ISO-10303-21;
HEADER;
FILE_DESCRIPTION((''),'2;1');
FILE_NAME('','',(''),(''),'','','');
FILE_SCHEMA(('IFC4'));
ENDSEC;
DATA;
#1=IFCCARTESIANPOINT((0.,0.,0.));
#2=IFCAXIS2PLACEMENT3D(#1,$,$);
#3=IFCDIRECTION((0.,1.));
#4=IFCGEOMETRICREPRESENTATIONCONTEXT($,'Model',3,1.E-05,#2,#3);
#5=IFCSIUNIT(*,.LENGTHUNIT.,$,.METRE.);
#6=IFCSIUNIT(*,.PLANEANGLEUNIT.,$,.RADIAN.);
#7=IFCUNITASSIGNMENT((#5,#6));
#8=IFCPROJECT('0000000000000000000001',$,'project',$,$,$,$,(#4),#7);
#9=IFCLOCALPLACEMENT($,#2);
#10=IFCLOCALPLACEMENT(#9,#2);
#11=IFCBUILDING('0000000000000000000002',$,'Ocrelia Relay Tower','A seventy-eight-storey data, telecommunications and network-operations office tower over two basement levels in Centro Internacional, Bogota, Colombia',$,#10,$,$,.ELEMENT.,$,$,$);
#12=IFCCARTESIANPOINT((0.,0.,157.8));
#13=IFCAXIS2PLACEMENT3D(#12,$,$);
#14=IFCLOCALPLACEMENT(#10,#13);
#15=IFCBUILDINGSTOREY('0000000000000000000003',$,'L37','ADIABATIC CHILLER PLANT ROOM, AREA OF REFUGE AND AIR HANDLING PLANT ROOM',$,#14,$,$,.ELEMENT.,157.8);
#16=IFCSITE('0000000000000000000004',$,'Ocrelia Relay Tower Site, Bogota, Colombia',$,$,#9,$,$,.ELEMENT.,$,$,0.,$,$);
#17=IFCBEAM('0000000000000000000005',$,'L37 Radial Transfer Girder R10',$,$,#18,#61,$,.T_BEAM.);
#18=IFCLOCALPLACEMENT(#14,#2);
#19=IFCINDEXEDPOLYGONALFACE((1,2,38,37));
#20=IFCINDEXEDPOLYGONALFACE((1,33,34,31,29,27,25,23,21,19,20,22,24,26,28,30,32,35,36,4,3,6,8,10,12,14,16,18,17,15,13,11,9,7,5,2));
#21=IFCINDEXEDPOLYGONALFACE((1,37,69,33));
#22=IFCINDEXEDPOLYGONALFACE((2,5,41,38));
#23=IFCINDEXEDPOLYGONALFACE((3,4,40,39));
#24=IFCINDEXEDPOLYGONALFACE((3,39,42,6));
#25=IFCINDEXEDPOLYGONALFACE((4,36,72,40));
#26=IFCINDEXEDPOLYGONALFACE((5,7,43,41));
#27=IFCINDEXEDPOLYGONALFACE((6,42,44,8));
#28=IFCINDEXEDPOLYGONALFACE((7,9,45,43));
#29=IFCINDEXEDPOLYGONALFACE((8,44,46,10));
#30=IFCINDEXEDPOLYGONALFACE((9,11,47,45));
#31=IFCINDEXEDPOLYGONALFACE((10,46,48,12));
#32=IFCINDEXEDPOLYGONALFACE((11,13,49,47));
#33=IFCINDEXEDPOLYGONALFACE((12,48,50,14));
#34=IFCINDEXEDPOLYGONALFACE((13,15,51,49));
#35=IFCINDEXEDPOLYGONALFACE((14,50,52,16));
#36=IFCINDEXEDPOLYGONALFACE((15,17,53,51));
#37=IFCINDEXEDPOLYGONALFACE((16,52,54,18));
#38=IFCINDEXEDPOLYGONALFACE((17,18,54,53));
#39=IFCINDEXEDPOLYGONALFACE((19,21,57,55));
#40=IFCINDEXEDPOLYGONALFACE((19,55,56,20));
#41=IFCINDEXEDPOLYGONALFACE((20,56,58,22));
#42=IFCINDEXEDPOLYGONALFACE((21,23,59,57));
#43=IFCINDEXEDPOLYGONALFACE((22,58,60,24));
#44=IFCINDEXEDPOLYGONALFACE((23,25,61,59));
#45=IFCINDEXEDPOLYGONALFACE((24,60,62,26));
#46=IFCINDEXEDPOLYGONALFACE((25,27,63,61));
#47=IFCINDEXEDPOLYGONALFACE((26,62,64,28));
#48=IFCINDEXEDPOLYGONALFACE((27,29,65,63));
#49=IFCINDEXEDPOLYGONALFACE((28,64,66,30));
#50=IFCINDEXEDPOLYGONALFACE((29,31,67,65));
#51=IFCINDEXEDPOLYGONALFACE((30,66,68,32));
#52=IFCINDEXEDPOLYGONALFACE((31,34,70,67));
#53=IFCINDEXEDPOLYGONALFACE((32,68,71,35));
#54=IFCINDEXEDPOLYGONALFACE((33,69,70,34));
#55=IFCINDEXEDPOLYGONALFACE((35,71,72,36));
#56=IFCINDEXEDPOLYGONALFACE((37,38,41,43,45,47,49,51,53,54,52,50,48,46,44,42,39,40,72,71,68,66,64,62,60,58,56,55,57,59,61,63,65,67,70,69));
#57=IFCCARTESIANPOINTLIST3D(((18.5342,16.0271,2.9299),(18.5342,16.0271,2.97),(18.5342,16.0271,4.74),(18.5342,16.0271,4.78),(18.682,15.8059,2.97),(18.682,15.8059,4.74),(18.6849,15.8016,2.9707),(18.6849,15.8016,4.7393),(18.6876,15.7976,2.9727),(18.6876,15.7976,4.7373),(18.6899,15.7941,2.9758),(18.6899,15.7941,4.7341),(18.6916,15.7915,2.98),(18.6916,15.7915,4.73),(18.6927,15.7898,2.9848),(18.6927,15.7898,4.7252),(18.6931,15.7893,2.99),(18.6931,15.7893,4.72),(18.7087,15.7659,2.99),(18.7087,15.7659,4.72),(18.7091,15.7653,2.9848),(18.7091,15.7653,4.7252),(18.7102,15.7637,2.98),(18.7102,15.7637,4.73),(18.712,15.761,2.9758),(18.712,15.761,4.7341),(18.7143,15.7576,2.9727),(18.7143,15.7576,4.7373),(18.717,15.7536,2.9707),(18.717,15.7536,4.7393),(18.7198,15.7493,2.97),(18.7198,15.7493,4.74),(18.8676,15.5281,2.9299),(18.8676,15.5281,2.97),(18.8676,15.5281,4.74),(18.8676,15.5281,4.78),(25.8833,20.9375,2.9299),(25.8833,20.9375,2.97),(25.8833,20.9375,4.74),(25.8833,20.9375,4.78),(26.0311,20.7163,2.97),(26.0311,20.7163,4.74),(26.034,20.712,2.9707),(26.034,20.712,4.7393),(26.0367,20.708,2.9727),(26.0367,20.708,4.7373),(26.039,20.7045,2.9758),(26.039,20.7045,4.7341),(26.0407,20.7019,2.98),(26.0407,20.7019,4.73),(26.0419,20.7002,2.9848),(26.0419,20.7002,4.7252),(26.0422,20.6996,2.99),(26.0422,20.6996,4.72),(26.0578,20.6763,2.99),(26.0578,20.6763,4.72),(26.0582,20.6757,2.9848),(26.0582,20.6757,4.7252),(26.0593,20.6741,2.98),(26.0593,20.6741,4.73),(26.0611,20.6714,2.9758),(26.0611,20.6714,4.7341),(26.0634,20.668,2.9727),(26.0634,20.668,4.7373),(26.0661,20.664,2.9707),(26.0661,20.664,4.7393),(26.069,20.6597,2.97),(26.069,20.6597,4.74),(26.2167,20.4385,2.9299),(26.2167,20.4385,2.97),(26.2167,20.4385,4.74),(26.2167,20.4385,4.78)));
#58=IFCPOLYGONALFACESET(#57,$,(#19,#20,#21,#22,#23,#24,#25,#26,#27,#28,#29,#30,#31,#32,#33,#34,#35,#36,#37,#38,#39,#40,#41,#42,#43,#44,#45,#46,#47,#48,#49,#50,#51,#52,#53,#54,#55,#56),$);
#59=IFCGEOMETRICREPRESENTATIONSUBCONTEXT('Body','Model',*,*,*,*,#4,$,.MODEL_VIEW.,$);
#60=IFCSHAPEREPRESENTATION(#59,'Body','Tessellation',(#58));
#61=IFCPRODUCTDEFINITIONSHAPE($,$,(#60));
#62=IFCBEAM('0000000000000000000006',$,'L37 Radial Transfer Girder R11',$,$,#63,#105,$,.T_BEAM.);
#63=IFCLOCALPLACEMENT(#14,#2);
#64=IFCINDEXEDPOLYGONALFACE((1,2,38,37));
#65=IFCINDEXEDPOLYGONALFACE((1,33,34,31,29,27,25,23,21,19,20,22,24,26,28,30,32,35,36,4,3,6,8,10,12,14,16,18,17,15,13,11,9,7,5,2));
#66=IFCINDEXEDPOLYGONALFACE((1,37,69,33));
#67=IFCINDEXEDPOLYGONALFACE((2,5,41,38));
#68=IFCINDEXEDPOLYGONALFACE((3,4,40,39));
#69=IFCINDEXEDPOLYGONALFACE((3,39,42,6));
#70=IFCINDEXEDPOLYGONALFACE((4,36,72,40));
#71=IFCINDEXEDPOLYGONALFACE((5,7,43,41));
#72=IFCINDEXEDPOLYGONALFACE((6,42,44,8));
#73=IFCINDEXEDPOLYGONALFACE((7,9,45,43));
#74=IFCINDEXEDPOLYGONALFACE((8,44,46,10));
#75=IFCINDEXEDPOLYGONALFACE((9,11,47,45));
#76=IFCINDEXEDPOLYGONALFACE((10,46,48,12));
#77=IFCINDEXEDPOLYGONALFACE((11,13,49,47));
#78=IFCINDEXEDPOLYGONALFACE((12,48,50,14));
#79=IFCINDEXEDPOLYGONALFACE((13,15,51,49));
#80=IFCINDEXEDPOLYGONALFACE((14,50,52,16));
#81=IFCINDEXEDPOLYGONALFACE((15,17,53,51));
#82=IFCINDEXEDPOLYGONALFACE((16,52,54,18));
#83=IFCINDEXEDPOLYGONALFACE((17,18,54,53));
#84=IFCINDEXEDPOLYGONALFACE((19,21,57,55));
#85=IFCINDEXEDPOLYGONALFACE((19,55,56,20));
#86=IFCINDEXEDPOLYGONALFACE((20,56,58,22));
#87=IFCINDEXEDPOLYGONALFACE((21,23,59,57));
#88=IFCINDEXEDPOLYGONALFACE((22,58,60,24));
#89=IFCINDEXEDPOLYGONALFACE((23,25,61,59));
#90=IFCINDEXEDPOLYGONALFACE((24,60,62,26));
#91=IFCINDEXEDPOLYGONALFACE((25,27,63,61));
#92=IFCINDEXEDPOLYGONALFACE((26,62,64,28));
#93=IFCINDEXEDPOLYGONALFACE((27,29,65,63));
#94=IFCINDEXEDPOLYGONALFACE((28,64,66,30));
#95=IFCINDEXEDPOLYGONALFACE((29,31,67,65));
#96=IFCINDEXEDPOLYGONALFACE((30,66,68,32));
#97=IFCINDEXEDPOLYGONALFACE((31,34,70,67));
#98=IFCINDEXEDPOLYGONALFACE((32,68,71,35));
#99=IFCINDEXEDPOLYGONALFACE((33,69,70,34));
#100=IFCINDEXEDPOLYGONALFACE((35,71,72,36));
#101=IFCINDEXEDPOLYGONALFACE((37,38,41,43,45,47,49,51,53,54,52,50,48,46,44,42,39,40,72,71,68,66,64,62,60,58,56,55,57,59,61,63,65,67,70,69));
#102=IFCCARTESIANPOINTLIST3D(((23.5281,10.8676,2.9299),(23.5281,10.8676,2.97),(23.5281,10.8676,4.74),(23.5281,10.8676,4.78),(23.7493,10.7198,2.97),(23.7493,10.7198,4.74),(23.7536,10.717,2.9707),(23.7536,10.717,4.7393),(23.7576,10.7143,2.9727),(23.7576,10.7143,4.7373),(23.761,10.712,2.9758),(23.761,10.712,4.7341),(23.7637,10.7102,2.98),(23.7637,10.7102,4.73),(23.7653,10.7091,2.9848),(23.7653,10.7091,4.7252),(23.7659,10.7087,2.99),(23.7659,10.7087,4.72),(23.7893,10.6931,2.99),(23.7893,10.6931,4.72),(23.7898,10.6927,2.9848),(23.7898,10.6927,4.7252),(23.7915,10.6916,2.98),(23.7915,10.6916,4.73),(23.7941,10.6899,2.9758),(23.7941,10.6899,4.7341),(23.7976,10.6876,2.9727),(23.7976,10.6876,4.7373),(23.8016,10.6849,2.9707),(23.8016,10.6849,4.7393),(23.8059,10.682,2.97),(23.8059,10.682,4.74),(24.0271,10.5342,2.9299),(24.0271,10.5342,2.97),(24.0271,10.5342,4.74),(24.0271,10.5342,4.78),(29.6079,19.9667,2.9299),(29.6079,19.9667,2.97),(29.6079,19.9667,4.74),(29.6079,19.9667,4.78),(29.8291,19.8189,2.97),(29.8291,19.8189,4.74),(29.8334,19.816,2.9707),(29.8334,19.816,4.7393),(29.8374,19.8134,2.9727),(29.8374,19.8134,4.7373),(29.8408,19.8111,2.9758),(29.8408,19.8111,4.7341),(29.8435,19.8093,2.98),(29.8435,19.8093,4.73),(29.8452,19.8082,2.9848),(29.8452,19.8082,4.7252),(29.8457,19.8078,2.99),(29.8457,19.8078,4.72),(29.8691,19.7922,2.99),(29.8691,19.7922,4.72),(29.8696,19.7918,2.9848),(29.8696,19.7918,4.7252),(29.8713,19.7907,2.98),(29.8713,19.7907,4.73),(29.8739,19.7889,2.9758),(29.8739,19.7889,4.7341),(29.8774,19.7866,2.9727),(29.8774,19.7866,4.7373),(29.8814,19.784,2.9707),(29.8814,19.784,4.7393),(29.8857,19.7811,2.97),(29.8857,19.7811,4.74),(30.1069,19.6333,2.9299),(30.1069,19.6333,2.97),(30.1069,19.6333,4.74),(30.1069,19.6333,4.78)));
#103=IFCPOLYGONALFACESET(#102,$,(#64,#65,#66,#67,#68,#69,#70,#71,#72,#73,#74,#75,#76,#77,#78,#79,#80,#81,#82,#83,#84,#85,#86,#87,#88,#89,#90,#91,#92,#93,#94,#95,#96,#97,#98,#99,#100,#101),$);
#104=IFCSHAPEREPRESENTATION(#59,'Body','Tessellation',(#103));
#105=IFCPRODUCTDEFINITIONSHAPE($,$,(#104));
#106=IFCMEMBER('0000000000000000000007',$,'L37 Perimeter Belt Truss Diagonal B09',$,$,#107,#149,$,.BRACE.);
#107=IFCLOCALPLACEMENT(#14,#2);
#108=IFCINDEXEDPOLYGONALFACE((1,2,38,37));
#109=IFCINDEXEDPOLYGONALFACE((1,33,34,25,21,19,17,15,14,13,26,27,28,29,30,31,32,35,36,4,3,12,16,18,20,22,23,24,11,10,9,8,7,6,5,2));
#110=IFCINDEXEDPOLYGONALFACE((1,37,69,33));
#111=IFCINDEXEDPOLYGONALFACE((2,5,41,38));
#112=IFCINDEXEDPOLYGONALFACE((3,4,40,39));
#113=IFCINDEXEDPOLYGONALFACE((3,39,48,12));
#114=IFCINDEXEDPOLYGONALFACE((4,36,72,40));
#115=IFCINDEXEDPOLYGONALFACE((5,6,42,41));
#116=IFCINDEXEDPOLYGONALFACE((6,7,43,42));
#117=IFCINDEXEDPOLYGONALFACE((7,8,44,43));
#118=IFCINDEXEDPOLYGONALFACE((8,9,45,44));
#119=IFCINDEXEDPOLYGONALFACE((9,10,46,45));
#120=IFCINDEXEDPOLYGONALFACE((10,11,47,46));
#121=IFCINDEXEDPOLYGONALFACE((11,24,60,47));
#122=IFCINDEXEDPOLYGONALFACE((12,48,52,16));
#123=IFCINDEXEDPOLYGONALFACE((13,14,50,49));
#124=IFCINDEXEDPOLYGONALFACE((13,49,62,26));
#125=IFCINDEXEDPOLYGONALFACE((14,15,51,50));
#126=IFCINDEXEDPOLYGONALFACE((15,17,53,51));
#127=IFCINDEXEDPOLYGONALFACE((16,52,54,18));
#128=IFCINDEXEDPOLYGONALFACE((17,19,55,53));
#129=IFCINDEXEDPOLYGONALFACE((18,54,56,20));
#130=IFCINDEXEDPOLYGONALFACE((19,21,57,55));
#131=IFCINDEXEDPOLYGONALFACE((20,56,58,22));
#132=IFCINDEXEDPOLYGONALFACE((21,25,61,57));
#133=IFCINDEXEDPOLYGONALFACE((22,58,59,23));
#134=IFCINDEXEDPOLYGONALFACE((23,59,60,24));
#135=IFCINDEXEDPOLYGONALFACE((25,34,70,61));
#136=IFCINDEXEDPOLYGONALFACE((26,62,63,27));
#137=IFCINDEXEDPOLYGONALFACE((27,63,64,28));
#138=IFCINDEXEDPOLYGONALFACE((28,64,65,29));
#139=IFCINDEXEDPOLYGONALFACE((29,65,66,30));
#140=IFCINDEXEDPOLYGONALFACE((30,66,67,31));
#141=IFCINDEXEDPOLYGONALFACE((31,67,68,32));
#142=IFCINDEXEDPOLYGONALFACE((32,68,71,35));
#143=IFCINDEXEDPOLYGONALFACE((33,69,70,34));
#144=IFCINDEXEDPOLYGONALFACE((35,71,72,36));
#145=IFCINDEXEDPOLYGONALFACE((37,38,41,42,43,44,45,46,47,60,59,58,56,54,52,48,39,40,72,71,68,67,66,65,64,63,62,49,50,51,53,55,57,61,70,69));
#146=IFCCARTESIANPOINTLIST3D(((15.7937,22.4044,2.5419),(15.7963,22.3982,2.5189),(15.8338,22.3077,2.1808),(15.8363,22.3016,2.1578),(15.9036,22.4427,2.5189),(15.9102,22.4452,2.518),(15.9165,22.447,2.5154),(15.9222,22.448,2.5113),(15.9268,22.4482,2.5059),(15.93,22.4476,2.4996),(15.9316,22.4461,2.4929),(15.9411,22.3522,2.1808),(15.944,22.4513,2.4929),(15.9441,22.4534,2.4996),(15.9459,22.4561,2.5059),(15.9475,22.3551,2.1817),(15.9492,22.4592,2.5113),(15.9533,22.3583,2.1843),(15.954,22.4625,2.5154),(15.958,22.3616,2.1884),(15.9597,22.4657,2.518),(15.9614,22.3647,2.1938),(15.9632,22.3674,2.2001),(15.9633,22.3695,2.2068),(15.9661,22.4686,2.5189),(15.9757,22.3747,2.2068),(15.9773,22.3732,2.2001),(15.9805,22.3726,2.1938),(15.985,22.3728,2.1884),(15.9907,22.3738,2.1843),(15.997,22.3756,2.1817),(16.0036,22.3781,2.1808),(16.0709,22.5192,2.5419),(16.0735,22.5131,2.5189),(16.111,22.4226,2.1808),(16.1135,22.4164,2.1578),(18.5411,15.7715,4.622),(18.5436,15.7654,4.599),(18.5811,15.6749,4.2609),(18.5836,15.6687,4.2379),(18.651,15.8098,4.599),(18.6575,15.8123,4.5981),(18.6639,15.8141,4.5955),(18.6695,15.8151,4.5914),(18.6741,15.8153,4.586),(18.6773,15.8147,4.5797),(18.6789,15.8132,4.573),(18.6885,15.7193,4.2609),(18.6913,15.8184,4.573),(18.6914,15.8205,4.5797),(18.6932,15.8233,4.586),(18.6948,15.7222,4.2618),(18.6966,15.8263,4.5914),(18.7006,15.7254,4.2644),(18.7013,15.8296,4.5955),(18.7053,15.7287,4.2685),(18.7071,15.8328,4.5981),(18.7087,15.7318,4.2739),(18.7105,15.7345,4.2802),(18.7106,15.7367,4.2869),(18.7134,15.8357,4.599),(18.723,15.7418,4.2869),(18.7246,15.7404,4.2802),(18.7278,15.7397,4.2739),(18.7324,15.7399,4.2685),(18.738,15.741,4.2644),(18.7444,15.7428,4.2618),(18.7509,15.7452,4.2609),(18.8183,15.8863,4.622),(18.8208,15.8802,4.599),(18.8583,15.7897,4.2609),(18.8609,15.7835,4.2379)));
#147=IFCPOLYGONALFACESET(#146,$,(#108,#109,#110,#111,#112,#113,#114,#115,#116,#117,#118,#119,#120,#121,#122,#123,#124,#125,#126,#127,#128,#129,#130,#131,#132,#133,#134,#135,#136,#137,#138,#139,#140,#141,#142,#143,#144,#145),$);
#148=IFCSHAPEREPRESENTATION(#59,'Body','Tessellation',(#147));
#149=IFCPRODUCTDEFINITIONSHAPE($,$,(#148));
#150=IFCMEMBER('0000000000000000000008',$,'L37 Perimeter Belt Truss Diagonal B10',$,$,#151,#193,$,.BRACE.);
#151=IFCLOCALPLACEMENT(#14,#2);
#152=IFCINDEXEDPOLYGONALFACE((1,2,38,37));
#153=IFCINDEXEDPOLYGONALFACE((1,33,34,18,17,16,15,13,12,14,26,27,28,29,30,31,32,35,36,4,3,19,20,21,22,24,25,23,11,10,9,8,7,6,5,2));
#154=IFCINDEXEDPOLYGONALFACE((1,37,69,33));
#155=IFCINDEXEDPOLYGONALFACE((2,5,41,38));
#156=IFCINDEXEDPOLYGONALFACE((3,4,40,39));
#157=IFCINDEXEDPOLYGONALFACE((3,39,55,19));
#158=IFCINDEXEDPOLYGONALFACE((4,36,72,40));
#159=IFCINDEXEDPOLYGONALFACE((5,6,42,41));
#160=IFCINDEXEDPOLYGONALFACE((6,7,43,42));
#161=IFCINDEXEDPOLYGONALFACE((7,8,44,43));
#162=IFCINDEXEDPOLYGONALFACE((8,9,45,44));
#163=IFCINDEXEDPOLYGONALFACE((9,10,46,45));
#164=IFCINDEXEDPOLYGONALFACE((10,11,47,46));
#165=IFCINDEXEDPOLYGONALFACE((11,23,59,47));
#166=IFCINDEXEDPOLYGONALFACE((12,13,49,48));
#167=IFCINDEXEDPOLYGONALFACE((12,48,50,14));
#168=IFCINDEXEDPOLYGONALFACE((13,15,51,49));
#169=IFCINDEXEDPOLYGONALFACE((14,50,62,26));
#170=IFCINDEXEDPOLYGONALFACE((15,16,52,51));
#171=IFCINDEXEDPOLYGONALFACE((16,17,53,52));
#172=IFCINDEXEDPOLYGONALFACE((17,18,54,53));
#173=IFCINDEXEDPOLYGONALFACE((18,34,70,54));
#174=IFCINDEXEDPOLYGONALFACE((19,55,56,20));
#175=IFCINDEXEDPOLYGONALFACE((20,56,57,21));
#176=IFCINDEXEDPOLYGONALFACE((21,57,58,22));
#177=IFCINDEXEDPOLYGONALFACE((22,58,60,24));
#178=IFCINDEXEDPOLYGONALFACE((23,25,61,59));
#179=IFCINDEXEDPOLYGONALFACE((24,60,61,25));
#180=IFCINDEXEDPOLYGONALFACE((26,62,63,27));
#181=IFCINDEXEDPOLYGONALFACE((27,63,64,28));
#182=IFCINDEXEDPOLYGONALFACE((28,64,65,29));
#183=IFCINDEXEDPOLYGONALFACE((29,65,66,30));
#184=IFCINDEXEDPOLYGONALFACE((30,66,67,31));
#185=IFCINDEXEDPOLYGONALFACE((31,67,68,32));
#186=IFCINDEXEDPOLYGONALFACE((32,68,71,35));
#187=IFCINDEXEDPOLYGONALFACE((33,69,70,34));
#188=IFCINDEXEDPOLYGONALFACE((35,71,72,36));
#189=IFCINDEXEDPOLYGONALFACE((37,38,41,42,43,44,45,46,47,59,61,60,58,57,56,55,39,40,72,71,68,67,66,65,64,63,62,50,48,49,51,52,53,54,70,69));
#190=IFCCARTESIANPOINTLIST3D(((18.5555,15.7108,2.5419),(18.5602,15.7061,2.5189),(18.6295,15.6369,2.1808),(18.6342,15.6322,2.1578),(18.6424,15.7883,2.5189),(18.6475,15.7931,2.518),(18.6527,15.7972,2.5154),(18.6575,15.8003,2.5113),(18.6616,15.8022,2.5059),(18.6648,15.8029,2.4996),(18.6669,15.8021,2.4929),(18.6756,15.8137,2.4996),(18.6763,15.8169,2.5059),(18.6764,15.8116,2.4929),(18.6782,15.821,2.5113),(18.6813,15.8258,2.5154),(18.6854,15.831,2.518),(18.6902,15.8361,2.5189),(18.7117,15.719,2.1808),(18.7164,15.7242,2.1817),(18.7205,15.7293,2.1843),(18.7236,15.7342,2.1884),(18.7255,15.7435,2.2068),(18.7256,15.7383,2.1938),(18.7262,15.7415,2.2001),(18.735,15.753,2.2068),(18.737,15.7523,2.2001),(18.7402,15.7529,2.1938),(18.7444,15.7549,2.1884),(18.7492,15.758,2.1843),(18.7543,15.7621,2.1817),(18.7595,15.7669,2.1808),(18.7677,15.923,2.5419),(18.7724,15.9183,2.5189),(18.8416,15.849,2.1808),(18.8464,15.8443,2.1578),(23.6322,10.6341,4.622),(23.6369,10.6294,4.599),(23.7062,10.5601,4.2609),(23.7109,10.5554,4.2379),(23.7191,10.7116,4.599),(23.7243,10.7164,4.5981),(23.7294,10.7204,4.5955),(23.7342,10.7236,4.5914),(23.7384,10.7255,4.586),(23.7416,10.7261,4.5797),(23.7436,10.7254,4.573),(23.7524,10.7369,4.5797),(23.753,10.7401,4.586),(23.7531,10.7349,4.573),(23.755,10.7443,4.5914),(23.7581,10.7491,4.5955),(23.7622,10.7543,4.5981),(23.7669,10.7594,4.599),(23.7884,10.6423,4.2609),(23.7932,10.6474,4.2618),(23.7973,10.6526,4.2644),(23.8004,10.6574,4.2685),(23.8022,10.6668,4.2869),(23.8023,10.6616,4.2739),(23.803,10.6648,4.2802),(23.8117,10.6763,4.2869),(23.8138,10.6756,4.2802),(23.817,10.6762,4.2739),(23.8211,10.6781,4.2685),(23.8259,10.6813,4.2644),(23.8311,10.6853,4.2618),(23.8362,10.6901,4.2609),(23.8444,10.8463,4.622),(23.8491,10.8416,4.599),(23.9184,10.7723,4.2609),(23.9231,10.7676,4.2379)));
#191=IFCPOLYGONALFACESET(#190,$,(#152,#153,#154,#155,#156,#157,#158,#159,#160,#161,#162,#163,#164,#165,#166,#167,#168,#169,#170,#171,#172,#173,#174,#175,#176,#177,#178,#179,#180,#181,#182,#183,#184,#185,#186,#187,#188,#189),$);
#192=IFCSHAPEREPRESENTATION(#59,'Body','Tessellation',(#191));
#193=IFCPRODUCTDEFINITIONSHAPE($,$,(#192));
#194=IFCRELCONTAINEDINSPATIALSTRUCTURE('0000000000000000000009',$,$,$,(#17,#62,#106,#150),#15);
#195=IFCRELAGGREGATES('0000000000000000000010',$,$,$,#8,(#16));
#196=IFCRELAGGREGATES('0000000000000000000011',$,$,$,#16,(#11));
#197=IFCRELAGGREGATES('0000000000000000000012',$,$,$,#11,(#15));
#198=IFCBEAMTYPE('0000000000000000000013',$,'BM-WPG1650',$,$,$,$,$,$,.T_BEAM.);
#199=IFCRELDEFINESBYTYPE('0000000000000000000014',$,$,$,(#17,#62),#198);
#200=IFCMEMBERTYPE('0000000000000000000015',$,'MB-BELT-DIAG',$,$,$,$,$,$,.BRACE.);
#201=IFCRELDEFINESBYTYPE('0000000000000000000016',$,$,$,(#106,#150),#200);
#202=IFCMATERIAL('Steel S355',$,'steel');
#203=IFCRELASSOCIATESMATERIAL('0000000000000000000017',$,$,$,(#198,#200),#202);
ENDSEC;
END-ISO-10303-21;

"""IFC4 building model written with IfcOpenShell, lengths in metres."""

from ifc_helpers import new_model, si_unit, direction, frame, origin, origin_2d, place, context, subcontext, project, spatial, i_section, extrude, material, material_profile, profile_set, type_object, element, save


model = new_model("IFC4")

# Units and contexts
model_context = context("Model", 3, precision=1e-05, world=origin(), true_north=direction((0.0, 1.0)))
body_context = subcontext(model_context, "Body", "Model", "MODEL_VIEW")
ifc_project = project(units=[si_unit("LENGTHUNIT", "METRE"), si_unit("PLANEANGLEUNIT", "RADIAN")], contexts=[model_context])

# Site, building, storey
site_placement = place(None, origin())
site = spatial("IfcSite", under=ifc_project, at=site_placement, Name="Ocrelia Relay Tower Site, Bogota, Colombia", CompositionType="ELEMENT", RefElevation=0.0)
building_placement = place(site_placement, origin())
building = spatial("IfcBuilding", under=site, at=building_placement, Name="Ocrelia Relay Tower", Description="A seventy-eight-storey data, telecommunications and network-operations office tower over two basement levels in Centro Internacional, Bogota, Colombia", CompositionType="ELEMENT")
storey_placement = place(building_placement, frame((0.0, 0.0, 157.8)))
storey = spatial("IfcBuildingStorey", under=building, at=storey_placement, Name="L37", Description="ADIABATIC CHILLER PLANT ROOM, AREA OF REFUGE AND AIR HANDLING PLANT ROOM", CompositionType="ELEMENT", Elevation=157.8)

# Beams
ifc_material_1 = material(Name="Steel S355", Category="steel")
ifc_material_profile_1 = material_profile(ifc_material_1, i_section(OverallWidth=0.6001, OverallDepth=1.8501, WebThickness=0.0281, FlangeThickness=0.04, FilletRadius=0.02, at=origin_2d()), Name="WPG 1850x600")
ifc_profile_set_1 = profile_set([ifc_material_profile_1], Name="Steel S355")
beam_type_1 = type_object("IfcBeamType", Name="BM-WPG1650", PredefinedType="T_BEAM", material=ifc_profile_set_1)
beam_1_placement = place(storey_placement, frame((18.7009, 15.7776, 3.855), z_axis=(0.831476, 0.55556, 0.0), x_axis=(-0.55556, 0.831476, 0.0)))
element("IfcBeam", 1, at=beam_1_placement, inside=storey, type_object=beam_type_1, Name="L37 Radial Transfer Girder R10", PredefinedType="T_BEAM", context=body_context, shape_type="SweptSolid", body=[
    extrude(i_section(OverallWidth=0.6001, OverallDepth=1.8501, WebThickness=0.0281, FlangeThickness=0.04, FilletRadius=0.02, at=origin_2d()), origin(), (0.0, 0.0, 1.0), 8.8386),
])
beam_2_placement = place(storey_placement, frame((23.7776, 10.7009, 3.855), z_axis=(0.55557, 0.83147, 0.0), x_axis=(-0.83147, 0.55557, 0.0)))
element("IfcBeam", 2, at=beam_2_placement, inside=storey, type_object=beam_type_1, Name="L37 Radial Transfer Girder R11", PredefinedType="T_BEAM", context=body_context, shape_type="SweptSolid", body=[
    extrude(i_section(OverallWidth=0.6001, OverallDepth=1.8501, WebThickness=0.0281, FlangeThickness=0.04, FilletRadius=0.02, at=origin_2d()), origin(), (0.0, 0.0, 1.0), 10.9434),
])

# Members
ifc_material_profile_2 = material_profile(ifc_material_1, i_section(OverallWidth=0.3, OverallDepth=0.3999, WebThickness=0.0134, FlangeThickness=0.0239, FilletRadius=0.0271, at=origin_2d()), Name="HEB 400")
ifc_profile_set_2 = profile_set([ifc_material_profile_2], Name="Steel S355")
member_type_1 = type_object("IfcMemberType", Name="MB-BELT-DIAG", PredefinedType="BRACE", material=ifc_profile_set_2)
member_1_placement = place(storey_placement, frame((15.9536, 22.4104, 2.3499), z_axis=(0.367557, -0.887388, 0.278289), x_axis=(0.923884, 0.382673, 0.0)))
element("IfcMember", 3, at=member_1_placement, inside=storey, type_object=member_type_1, Name="L37 Perimeter Belt Truss Diagonal B09", PredefinedType="BRACE", context=body_context, shape_type="SweptSolid", body=[
    extrude(i_section(OverallWidth=0.3, OverallDepth=0.3999, WebThickness=0.0134, FlangeThickness=0.0239, FilletRadius=0.0271, at=origin_2d()), origin(), (0.0, 0.0, 1.0), 7.4746),
])
member_2_placement = place(storey_placement, frame((18.7009, 15.7776, 2.3499), z_axis=(0.679176, -0.679176, 0.278281), x_axis=(0.707107, 0.707107, 0.0)))
element("IfcMember", 4, at=member_2_placement, inside=storey, type_object=member_type_1, Name="L37 Perimeter Belt Truss Diagonal B10", PredefinedType="BRACE", context=body_context, shape_type="SweptSolid", body=[
    extrude(i_section(OverallWidth=0.3, OverallDepth=0.3999, WebThickness=0.0134, FlangeThickness=0.0239, FilletRadius=0.0271, at=origin_2d()), origin(), (0.0, 0.0, 1.0), 7.4749),
])

save(model, "model.ifc")
